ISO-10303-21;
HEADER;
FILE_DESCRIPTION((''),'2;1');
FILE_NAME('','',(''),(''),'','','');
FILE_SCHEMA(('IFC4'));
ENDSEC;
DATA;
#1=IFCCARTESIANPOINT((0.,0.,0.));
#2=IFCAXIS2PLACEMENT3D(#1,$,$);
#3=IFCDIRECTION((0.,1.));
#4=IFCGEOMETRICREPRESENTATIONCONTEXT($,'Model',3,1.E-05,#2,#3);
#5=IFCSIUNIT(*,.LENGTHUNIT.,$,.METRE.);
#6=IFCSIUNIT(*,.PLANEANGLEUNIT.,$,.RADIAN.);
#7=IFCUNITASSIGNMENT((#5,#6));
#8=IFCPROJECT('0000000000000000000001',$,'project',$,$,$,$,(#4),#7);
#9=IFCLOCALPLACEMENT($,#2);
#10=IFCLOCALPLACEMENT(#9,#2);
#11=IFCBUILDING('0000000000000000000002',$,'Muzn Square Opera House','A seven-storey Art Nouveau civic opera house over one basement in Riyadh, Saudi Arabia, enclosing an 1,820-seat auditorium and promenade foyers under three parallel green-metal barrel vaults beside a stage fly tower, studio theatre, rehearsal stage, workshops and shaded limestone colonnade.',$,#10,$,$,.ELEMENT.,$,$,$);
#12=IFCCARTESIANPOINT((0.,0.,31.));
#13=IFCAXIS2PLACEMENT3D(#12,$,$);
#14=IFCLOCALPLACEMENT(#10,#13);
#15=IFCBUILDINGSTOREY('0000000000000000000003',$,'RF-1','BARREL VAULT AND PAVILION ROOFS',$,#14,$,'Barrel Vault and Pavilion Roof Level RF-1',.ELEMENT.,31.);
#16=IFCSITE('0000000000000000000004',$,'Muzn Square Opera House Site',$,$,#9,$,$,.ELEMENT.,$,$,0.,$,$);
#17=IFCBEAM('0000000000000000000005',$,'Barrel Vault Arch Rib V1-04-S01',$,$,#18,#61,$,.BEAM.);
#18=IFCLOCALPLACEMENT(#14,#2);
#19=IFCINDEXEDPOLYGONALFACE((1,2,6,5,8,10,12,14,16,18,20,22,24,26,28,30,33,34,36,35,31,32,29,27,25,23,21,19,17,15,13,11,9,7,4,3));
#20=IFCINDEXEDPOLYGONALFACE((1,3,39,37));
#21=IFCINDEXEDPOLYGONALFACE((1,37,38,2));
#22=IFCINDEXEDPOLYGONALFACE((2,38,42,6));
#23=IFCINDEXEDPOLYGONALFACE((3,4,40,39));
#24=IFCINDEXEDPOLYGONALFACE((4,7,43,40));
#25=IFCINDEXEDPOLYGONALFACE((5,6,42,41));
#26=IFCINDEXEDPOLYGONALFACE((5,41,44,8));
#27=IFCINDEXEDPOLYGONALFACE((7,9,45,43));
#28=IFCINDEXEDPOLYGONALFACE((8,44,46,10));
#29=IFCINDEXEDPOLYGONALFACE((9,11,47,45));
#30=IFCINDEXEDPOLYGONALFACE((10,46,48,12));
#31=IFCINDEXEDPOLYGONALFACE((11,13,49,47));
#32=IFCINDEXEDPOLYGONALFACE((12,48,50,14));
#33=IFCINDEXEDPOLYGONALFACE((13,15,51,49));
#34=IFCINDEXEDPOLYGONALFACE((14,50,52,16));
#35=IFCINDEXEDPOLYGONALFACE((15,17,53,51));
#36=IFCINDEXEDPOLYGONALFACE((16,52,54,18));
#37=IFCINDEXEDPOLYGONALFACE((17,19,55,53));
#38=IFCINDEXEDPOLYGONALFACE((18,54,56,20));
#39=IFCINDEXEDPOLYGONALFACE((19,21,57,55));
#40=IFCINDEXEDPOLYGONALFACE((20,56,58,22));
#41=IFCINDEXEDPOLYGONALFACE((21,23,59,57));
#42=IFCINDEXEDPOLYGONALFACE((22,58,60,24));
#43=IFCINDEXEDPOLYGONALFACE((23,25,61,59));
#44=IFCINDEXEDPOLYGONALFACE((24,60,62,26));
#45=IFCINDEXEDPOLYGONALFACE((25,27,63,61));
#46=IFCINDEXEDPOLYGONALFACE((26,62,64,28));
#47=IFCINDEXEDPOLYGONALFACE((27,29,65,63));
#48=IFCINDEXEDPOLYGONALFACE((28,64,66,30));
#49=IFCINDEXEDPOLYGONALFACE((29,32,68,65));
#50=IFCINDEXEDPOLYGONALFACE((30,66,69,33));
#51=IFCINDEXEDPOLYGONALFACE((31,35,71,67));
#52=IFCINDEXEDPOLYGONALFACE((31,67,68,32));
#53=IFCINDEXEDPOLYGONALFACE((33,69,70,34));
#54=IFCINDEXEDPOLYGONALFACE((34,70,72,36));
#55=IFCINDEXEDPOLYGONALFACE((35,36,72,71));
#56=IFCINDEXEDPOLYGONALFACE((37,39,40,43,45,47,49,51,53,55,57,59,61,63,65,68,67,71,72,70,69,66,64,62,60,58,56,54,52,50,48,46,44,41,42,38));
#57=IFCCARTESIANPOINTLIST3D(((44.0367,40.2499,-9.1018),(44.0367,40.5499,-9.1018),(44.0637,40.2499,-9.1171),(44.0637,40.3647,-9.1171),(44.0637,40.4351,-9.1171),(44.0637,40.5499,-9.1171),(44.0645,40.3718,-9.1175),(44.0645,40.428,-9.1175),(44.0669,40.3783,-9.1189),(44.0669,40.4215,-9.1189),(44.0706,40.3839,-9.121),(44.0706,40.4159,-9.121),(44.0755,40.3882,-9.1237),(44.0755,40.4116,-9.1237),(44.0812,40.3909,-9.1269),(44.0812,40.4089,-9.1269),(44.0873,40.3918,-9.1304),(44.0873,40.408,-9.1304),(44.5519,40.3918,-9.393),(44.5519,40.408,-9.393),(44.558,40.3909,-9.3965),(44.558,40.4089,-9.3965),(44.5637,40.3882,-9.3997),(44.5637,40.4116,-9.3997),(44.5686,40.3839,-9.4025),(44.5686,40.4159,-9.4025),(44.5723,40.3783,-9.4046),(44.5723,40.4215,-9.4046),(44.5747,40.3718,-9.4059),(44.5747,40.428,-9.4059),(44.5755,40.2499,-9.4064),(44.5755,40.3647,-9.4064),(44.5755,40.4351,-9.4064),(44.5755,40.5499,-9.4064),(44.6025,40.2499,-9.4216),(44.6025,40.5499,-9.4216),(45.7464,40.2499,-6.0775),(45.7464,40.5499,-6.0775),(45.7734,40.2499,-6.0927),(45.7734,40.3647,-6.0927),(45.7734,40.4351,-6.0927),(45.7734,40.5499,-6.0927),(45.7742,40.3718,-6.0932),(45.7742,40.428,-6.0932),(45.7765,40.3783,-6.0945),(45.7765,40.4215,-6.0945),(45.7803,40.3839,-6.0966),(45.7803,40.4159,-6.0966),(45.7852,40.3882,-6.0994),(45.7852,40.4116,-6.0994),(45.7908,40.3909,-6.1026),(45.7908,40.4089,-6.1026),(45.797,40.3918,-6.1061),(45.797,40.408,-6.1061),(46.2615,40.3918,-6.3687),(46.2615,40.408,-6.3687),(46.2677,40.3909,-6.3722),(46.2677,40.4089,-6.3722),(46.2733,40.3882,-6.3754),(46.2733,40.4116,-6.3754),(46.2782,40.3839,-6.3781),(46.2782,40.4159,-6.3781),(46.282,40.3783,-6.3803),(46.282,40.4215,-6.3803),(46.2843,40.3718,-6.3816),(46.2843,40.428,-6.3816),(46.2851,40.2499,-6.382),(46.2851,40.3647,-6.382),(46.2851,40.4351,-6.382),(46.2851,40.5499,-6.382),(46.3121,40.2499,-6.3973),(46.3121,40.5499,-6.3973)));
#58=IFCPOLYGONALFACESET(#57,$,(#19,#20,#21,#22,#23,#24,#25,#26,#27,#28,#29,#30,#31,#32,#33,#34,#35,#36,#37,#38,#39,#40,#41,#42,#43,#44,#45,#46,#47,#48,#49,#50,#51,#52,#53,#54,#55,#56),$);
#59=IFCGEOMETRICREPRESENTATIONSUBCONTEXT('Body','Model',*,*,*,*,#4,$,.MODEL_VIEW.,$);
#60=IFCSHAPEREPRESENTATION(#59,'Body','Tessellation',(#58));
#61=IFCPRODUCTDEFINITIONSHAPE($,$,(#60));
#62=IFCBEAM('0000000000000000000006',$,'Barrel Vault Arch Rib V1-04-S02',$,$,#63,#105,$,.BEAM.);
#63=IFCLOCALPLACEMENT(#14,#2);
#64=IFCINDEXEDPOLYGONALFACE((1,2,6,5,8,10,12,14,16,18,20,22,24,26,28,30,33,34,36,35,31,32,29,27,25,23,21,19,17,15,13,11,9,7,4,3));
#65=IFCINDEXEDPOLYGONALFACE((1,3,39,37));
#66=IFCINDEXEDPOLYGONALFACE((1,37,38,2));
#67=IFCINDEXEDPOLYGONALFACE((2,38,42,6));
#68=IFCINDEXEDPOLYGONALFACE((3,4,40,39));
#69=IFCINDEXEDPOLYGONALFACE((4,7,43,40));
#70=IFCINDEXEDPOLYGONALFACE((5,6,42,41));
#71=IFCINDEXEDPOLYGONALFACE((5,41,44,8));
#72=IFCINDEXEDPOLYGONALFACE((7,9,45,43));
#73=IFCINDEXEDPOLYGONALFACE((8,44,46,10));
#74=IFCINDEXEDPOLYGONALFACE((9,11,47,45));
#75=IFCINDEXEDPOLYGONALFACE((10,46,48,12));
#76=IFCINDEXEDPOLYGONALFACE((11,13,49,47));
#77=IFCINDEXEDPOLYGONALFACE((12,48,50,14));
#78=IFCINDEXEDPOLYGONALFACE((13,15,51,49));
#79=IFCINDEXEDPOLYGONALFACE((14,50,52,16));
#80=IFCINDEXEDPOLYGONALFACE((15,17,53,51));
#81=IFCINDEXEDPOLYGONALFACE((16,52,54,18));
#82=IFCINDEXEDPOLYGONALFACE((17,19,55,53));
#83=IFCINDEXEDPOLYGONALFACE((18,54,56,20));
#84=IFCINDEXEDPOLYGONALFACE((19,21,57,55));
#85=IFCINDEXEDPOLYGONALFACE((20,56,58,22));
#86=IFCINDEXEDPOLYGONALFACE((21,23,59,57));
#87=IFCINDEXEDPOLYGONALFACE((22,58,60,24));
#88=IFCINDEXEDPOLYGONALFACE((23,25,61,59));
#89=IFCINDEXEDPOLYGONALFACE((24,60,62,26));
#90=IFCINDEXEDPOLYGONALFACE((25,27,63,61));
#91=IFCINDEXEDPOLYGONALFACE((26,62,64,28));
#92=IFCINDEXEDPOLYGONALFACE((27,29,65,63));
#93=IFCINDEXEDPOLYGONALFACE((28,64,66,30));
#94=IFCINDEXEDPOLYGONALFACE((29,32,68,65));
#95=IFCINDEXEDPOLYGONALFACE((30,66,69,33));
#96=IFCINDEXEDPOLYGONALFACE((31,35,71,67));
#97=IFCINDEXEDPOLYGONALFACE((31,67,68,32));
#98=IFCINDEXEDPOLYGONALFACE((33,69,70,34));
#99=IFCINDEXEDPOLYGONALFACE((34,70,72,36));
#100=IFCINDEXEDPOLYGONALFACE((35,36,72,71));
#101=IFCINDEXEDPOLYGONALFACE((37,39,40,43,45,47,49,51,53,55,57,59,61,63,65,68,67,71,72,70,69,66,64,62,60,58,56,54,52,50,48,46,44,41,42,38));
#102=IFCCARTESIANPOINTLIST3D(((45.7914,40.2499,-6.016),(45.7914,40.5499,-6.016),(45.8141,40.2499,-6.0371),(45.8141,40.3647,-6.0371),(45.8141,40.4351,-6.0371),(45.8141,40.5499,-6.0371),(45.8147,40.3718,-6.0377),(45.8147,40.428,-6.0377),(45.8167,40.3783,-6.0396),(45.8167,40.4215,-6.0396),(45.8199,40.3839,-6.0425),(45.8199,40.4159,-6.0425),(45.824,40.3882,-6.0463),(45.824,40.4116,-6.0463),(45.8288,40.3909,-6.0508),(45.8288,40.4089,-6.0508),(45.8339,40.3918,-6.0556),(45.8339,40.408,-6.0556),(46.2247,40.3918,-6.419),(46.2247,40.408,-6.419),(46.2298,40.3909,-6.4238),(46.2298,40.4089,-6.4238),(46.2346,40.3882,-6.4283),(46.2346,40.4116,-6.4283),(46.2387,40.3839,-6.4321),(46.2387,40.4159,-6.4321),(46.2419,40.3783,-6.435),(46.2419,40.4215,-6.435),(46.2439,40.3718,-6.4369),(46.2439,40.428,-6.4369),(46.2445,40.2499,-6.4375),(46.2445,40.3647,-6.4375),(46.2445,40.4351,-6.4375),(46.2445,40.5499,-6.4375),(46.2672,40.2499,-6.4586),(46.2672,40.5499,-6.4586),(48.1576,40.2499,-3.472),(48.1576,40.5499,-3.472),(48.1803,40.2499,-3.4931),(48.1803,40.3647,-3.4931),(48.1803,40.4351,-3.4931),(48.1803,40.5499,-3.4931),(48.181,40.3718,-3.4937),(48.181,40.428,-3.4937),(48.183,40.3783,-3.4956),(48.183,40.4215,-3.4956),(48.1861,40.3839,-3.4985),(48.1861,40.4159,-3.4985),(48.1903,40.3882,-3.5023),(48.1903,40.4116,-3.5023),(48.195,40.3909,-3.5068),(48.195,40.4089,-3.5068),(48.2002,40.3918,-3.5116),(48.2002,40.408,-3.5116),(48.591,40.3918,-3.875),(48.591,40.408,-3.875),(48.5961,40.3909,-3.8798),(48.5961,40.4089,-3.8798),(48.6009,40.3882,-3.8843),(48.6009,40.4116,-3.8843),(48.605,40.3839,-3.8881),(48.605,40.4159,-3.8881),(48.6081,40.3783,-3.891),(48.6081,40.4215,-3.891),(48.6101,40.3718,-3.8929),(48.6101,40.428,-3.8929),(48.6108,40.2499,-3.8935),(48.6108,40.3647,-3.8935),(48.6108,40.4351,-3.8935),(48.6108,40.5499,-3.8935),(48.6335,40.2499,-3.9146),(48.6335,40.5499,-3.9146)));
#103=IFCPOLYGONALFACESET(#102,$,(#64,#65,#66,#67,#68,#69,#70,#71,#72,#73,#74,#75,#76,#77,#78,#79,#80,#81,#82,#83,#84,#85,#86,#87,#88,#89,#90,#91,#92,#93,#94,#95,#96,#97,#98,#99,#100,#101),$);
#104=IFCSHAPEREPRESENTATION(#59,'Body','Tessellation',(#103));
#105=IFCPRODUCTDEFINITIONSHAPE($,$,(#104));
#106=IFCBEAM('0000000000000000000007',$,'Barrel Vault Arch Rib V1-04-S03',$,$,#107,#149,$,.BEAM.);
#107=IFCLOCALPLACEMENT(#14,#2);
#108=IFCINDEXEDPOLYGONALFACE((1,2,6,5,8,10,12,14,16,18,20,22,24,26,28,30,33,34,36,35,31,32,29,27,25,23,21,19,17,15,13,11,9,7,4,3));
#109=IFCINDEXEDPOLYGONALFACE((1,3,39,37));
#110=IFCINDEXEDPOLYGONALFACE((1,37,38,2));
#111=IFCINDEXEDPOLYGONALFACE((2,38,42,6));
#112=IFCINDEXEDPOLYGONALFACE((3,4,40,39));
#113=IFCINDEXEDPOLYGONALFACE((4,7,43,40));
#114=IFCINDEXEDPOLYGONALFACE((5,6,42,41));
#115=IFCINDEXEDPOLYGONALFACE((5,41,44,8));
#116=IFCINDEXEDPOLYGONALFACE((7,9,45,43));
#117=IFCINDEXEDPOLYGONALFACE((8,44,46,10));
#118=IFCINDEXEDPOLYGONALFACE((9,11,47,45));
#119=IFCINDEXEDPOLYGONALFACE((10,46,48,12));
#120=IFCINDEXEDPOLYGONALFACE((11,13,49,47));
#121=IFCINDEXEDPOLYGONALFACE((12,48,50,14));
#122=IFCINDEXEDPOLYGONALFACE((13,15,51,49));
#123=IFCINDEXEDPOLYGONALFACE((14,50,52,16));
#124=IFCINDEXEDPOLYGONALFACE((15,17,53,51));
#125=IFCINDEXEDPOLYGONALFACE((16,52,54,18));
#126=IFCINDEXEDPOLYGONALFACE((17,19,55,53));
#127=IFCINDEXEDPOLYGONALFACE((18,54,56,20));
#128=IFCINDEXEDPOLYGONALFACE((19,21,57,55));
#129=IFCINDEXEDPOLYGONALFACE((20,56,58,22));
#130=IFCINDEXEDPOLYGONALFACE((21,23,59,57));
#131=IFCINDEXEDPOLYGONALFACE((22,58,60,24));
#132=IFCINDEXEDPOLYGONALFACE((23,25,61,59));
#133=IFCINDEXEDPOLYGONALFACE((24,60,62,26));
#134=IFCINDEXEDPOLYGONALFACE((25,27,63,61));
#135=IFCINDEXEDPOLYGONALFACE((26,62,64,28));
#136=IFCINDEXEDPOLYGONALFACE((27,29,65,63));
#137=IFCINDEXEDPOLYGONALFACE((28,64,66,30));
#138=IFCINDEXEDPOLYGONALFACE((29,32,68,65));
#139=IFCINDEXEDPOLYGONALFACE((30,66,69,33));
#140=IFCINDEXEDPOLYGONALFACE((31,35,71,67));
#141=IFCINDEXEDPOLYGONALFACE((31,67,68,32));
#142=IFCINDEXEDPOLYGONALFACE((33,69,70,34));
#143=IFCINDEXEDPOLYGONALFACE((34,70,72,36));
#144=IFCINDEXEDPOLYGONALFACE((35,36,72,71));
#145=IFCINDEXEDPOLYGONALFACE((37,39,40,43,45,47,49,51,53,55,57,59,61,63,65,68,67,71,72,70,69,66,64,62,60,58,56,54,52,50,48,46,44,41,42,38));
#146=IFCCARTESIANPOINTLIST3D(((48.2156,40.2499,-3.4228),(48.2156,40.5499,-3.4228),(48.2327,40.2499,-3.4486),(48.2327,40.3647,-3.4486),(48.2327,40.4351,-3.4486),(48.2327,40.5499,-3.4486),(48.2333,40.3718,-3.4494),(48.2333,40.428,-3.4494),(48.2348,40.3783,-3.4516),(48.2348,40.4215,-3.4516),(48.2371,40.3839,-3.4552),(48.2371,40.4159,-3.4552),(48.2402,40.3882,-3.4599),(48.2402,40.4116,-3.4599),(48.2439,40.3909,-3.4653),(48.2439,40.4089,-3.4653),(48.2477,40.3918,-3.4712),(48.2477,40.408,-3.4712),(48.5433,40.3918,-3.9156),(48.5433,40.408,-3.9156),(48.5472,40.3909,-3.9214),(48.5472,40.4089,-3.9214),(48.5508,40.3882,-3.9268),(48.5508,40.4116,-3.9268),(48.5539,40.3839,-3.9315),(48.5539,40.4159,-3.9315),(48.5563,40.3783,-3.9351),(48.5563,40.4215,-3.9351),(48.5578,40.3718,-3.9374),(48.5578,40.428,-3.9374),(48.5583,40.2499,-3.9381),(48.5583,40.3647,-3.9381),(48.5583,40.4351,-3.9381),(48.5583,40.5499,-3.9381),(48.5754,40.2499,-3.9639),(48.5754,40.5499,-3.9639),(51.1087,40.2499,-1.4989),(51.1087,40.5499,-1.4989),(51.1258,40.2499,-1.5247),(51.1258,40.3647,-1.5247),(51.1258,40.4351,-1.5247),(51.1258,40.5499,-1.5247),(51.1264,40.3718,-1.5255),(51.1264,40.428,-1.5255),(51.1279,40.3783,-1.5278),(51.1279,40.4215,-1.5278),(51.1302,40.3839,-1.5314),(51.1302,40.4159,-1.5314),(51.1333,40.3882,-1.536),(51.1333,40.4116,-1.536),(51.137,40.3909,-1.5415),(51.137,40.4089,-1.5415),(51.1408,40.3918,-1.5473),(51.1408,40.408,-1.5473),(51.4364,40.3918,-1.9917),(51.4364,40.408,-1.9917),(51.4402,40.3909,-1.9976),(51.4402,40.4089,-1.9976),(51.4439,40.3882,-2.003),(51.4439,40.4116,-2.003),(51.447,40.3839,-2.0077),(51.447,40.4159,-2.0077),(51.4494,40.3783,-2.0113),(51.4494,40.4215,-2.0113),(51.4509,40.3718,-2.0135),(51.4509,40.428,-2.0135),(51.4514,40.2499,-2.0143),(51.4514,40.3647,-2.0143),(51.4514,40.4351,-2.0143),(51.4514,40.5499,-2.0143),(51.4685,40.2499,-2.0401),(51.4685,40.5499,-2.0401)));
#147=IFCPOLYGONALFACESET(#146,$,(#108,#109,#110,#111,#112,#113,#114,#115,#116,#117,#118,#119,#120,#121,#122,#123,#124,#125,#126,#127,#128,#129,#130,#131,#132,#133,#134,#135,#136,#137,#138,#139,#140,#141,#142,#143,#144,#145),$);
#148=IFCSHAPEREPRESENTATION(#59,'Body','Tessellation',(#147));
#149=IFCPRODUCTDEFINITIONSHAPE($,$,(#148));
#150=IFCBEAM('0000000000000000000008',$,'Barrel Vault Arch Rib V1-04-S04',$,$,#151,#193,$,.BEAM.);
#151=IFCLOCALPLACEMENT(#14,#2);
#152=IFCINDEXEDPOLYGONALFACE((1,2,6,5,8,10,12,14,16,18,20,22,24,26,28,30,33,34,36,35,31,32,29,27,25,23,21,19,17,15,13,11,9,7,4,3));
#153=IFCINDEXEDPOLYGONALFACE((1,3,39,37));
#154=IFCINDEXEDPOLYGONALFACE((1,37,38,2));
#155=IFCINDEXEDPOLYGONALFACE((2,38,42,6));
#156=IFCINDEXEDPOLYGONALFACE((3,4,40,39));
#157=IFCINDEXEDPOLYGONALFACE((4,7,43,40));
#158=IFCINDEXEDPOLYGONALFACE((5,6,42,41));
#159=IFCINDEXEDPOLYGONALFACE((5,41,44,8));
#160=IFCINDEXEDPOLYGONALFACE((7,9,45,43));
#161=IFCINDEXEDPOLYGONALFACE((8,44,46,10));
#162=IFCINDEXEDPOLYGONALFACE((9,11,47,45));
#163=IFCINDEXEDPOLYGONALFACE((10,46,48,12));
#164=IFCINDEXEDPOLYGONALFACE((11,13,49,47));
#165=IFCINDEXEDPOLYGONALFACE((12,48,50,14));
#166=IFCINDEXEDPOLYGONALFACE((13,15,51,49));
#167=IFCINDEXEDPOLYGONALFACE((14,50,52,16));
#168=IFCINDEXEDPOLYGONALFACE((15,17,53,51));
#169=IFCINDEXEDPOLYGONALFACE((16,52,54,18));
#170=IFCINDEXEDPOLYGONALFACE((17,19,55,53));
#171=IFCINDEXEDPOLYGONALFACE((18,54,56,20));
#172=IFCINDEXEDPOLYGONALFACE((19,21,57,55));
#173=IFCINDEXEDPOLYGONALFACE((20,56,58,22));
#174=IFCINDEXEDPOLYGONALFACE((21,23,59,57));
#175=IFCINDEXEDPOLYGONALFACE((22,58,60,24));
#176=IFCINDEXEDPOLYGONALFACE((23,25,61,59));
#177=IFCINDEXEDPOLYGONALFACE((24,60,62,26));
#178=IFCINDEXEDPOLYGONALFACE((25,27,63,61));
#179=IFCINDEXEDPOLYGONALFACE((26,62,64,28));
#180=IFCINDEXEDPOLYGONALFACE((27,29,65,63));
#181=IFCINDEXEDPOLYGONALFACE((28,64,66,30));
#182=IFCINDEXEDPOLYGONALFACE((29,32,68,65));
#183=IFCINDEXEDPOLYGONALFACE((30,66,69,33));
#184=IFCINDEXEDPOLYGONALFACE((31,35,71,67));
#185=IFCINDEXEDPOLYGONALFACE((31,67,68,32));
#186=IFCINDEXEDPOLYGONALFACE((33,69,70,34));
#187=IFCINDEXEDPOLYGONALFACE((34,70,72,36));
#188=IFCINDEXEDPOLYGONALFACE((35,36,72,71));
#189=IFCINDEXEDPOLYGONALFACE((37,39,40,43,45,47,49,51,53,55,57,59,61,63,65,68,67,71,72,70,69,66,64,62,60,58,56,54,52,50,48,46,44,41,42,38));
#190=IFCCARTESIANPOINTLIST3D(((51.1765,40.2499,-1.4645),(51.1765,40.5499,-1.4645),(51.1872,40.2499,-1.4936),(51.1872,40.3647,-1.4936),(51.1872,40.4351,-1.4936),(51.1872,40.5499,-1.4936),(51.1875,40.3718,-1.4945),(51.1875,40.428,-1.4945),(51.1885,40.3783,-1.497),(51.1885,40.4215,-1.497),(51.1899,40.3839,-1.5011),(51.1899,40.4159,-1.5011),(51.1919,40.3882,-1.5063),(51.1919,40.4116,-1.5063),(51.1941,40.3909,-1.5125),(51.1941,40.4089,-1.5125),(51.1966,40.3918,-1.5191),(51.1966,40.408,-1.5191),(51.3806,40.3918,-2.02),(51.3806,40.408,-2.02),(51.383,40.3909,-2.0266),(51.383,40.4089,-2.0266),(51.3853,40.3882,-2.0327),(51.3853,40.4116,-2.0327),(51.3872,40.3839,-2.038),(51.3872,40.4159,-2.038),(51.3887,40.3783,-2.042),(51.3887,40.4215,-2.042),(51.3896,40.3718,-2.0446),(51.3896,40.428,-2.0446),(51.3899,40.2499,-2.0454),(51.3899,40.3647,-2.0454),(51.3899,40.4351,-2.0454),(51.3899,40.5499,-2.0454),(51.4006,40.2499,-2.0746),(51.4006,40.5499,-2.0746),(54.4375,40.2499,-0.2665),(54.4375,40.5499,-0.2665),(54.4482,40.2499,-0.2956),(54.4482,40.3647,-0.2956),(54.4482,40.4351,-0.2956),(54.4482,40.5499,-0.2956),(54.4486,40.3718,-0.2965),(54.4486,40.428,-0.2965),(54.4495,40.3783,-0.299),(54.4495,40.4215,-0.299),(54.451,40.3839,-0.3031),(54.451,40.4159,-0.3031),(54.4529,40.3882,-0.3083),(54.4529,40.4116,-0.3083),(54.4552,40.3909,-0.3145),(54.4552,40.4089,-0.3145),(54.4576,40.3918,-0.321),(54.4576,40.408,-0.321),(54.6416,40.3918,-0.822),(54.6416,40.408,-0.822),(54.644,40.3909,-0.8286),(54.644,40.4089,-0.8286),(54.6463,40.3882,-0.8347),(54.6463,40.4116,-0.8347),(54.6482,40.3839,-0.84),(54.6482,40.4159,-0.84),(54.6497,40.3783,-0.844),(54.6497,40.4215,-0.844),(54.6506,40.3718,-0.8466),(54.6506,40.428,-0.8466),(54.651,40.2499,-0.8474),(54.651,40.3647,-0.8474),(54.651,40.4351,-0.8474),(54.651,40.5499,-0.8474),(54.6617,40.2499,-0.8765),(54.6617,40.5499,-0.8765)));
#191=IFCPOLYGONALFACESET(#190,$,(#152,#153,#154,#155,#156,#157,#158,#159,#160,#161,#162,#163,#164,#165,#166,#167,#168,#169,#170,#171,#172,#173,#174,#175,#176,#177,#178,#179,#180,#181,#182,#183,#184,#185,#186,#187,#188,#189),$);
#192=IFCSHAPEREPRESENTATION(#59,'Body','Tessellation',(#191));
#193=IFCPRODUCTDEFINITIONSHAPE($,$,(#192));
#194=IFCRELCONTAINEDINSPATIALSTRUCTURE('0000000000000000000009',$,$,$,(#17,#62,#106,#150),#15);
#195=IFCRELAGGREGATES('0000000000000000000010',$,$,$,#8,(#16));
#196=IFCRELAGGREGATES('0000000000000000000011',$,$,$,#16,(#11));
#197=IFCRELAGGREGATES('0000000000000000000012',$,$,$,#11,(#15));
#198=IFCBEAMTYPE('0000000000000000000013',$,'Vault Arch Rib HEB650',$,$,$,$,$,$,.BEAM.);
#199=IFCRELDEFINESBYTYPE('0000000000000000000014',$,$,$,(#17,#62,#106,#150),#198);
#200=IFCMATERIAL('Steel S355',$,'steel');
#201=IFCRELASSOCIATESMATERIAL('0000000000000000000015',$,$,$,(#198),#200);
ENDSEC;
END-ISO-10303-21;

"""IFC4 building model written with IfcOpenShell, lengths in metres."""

from ifc_helpers import new_model, si_unit, direction, frame, origin, origin_2d, place, context, subcontext, project, spatial, i_section, extrude, material, material_profile, profile_set, type_object, element, save


model = new_model("IFC4")

# Units and contexts
model_context = context("Model", 3, precision=1e-05, world=origin(), true_north=direction((0.0, 1.0)))
body_context = subcontext(model_context, "Body", "Model", "MODEL_VIEW")
ifc_project = project(units=[si_unit("LENGTHUNIT", "METRE"), si_unit("PLANEANGLEUNIT", "RADIAN")], contexts=[model_context])

# Site, building, storey
site_placement = place(None, origin())
site = spatial("IfcSite", under=ifc_project, at=site_placement, Name="Muzn Square Opera House Site", CompositionType="ELEMENT", RefElevation=0.0)
building_placement = place(site_placement, origin())
building = spatial("IfcBuilding", under=site, at=building_placement, Name="Muzn Square Opera House", Description="A seven-storey Art Nouveau civic opera house over one basement in Riyadh, Saudi Arabia, enclosing an 1,820-seat auditorium and promenade foyers under three parallel green-metal barrel vaults beside a stage fly tower, studio theatre, rehearsal stage, workshops and shaded limestone colonnade.", CompositionType="ELEMENT")
storey_placement = place(building_placement, frame((0.0, 0.0, 31.0)))
storey = spatial("IfcBuildingStorey", under=building, at=storey_placement, Name="RF-1", Description="BARREL VAULT AND PAVILION ROOFS", LongName="Barrel Vault and Pavilion Roof Level RF-1", CompositionType="ELEMENT", Elevation=31.0)

# Beams
ifc_material_1 = material(Name="Steel S355", Category="steel")
ifc_material_profile_1 = material_profile(ifc_material_1, i_section(OverallWidth=0.3, OverallDepth=0.6499, WebThickness=0.0161, FlangeThickness=0.031, FilletRadius=0.0271, at=origin_2d()), Name="HEB 650", Category="steel")
ifc_profile_set_1 = profile_set([ifc_material_profile_1], Name="Steel S355")
beam_type_1 = type_object("IfcBeamType", Name="Vault Arch Rib HEB650", PredefinedType="BEAM", material=ifc_profile_set_1)
beam_1_placement = place(storey_placement, frame((44.3196, 40.3999, -9.2617), z_axis=(0.492115, 0.0, 0.87053), x_axis=(0.0, 1.0, 0.0)))
element("IfcBeam", 1, at=beam_1_placement, inside=storey, type_object=beam_type_1, Name="Barrel Vault Arch Rib V1-04-S01", PredefinedType="BEAM", context=body_context, shape_type="SweptSolid", body=[
    extrude(i_section(OverallWidth=0.3, OverallDepth=0.6499, WebThickness=0.0161, FlangeThickness=0.031, FilletRadius=0.0271, at=origin_2d()), origin(), (0.0, 0.0, 1.0), 3.4741),
])
for number, where, z_axis, x_axis, name in (
    (2, (46.0293, 40.3999, -6.2373), (0.681065, 0.0, 0.732223), (0.0, 1.0, 0.0), "Barrel Vault Arch Rib V1-04-S02"),
    (3, (48.3955, 40.3999, -3.6934), (0.832698, 0.0, 0.553727), (0.0, 1.0, 0.0), "Barrel Vault Arch Rib V1-04-S03"),
):
    element("IfcBeam", number, at=place(storey_placement, frame(where, z_axis=z_axis, x_axis=x_axis)), inside=storey, type_object=beam_type_1, Name=name, PredefinedType="BEAM", context=body_context, shape_type="SweptSolid", body=[
        extrude(i_section(OverallWidth=0.3, OverallDepth=0.6499, WebThickness=0.0161, FlangeThickness=0.031, FilletRadius=0.0271, at=origin_2d()), origin(), (0.0, 0.0, 1.0), 3.4744),
    ])
beam_2_placement = place(storey_placement, frame((51.2886, 40.3999, -1.7695), z_axis=(0.938662, 0.0, 0.344839), x_axis=(0.0, 1.0, 0.0)))
element("IfcBeam", 4, at=beam_2_placement, inside=storey, type_object=beam_type_1, Name="Barrel Vault Arch Rib V1-04-S04", PredefinedType="BEAM", context=body_context, shape_type="SweptSolid", body=[
    extrude(i_section(OverallWidth=0.3, OverallDepth=0.6499, WebThickness=0.0161, FlangeThickness=0.031, FilletRadius=0.0271, at=origin_2d()), origin(), (0.0, 0.0, 1.0), 3.4741),
])

save(model, "model.ifc")
